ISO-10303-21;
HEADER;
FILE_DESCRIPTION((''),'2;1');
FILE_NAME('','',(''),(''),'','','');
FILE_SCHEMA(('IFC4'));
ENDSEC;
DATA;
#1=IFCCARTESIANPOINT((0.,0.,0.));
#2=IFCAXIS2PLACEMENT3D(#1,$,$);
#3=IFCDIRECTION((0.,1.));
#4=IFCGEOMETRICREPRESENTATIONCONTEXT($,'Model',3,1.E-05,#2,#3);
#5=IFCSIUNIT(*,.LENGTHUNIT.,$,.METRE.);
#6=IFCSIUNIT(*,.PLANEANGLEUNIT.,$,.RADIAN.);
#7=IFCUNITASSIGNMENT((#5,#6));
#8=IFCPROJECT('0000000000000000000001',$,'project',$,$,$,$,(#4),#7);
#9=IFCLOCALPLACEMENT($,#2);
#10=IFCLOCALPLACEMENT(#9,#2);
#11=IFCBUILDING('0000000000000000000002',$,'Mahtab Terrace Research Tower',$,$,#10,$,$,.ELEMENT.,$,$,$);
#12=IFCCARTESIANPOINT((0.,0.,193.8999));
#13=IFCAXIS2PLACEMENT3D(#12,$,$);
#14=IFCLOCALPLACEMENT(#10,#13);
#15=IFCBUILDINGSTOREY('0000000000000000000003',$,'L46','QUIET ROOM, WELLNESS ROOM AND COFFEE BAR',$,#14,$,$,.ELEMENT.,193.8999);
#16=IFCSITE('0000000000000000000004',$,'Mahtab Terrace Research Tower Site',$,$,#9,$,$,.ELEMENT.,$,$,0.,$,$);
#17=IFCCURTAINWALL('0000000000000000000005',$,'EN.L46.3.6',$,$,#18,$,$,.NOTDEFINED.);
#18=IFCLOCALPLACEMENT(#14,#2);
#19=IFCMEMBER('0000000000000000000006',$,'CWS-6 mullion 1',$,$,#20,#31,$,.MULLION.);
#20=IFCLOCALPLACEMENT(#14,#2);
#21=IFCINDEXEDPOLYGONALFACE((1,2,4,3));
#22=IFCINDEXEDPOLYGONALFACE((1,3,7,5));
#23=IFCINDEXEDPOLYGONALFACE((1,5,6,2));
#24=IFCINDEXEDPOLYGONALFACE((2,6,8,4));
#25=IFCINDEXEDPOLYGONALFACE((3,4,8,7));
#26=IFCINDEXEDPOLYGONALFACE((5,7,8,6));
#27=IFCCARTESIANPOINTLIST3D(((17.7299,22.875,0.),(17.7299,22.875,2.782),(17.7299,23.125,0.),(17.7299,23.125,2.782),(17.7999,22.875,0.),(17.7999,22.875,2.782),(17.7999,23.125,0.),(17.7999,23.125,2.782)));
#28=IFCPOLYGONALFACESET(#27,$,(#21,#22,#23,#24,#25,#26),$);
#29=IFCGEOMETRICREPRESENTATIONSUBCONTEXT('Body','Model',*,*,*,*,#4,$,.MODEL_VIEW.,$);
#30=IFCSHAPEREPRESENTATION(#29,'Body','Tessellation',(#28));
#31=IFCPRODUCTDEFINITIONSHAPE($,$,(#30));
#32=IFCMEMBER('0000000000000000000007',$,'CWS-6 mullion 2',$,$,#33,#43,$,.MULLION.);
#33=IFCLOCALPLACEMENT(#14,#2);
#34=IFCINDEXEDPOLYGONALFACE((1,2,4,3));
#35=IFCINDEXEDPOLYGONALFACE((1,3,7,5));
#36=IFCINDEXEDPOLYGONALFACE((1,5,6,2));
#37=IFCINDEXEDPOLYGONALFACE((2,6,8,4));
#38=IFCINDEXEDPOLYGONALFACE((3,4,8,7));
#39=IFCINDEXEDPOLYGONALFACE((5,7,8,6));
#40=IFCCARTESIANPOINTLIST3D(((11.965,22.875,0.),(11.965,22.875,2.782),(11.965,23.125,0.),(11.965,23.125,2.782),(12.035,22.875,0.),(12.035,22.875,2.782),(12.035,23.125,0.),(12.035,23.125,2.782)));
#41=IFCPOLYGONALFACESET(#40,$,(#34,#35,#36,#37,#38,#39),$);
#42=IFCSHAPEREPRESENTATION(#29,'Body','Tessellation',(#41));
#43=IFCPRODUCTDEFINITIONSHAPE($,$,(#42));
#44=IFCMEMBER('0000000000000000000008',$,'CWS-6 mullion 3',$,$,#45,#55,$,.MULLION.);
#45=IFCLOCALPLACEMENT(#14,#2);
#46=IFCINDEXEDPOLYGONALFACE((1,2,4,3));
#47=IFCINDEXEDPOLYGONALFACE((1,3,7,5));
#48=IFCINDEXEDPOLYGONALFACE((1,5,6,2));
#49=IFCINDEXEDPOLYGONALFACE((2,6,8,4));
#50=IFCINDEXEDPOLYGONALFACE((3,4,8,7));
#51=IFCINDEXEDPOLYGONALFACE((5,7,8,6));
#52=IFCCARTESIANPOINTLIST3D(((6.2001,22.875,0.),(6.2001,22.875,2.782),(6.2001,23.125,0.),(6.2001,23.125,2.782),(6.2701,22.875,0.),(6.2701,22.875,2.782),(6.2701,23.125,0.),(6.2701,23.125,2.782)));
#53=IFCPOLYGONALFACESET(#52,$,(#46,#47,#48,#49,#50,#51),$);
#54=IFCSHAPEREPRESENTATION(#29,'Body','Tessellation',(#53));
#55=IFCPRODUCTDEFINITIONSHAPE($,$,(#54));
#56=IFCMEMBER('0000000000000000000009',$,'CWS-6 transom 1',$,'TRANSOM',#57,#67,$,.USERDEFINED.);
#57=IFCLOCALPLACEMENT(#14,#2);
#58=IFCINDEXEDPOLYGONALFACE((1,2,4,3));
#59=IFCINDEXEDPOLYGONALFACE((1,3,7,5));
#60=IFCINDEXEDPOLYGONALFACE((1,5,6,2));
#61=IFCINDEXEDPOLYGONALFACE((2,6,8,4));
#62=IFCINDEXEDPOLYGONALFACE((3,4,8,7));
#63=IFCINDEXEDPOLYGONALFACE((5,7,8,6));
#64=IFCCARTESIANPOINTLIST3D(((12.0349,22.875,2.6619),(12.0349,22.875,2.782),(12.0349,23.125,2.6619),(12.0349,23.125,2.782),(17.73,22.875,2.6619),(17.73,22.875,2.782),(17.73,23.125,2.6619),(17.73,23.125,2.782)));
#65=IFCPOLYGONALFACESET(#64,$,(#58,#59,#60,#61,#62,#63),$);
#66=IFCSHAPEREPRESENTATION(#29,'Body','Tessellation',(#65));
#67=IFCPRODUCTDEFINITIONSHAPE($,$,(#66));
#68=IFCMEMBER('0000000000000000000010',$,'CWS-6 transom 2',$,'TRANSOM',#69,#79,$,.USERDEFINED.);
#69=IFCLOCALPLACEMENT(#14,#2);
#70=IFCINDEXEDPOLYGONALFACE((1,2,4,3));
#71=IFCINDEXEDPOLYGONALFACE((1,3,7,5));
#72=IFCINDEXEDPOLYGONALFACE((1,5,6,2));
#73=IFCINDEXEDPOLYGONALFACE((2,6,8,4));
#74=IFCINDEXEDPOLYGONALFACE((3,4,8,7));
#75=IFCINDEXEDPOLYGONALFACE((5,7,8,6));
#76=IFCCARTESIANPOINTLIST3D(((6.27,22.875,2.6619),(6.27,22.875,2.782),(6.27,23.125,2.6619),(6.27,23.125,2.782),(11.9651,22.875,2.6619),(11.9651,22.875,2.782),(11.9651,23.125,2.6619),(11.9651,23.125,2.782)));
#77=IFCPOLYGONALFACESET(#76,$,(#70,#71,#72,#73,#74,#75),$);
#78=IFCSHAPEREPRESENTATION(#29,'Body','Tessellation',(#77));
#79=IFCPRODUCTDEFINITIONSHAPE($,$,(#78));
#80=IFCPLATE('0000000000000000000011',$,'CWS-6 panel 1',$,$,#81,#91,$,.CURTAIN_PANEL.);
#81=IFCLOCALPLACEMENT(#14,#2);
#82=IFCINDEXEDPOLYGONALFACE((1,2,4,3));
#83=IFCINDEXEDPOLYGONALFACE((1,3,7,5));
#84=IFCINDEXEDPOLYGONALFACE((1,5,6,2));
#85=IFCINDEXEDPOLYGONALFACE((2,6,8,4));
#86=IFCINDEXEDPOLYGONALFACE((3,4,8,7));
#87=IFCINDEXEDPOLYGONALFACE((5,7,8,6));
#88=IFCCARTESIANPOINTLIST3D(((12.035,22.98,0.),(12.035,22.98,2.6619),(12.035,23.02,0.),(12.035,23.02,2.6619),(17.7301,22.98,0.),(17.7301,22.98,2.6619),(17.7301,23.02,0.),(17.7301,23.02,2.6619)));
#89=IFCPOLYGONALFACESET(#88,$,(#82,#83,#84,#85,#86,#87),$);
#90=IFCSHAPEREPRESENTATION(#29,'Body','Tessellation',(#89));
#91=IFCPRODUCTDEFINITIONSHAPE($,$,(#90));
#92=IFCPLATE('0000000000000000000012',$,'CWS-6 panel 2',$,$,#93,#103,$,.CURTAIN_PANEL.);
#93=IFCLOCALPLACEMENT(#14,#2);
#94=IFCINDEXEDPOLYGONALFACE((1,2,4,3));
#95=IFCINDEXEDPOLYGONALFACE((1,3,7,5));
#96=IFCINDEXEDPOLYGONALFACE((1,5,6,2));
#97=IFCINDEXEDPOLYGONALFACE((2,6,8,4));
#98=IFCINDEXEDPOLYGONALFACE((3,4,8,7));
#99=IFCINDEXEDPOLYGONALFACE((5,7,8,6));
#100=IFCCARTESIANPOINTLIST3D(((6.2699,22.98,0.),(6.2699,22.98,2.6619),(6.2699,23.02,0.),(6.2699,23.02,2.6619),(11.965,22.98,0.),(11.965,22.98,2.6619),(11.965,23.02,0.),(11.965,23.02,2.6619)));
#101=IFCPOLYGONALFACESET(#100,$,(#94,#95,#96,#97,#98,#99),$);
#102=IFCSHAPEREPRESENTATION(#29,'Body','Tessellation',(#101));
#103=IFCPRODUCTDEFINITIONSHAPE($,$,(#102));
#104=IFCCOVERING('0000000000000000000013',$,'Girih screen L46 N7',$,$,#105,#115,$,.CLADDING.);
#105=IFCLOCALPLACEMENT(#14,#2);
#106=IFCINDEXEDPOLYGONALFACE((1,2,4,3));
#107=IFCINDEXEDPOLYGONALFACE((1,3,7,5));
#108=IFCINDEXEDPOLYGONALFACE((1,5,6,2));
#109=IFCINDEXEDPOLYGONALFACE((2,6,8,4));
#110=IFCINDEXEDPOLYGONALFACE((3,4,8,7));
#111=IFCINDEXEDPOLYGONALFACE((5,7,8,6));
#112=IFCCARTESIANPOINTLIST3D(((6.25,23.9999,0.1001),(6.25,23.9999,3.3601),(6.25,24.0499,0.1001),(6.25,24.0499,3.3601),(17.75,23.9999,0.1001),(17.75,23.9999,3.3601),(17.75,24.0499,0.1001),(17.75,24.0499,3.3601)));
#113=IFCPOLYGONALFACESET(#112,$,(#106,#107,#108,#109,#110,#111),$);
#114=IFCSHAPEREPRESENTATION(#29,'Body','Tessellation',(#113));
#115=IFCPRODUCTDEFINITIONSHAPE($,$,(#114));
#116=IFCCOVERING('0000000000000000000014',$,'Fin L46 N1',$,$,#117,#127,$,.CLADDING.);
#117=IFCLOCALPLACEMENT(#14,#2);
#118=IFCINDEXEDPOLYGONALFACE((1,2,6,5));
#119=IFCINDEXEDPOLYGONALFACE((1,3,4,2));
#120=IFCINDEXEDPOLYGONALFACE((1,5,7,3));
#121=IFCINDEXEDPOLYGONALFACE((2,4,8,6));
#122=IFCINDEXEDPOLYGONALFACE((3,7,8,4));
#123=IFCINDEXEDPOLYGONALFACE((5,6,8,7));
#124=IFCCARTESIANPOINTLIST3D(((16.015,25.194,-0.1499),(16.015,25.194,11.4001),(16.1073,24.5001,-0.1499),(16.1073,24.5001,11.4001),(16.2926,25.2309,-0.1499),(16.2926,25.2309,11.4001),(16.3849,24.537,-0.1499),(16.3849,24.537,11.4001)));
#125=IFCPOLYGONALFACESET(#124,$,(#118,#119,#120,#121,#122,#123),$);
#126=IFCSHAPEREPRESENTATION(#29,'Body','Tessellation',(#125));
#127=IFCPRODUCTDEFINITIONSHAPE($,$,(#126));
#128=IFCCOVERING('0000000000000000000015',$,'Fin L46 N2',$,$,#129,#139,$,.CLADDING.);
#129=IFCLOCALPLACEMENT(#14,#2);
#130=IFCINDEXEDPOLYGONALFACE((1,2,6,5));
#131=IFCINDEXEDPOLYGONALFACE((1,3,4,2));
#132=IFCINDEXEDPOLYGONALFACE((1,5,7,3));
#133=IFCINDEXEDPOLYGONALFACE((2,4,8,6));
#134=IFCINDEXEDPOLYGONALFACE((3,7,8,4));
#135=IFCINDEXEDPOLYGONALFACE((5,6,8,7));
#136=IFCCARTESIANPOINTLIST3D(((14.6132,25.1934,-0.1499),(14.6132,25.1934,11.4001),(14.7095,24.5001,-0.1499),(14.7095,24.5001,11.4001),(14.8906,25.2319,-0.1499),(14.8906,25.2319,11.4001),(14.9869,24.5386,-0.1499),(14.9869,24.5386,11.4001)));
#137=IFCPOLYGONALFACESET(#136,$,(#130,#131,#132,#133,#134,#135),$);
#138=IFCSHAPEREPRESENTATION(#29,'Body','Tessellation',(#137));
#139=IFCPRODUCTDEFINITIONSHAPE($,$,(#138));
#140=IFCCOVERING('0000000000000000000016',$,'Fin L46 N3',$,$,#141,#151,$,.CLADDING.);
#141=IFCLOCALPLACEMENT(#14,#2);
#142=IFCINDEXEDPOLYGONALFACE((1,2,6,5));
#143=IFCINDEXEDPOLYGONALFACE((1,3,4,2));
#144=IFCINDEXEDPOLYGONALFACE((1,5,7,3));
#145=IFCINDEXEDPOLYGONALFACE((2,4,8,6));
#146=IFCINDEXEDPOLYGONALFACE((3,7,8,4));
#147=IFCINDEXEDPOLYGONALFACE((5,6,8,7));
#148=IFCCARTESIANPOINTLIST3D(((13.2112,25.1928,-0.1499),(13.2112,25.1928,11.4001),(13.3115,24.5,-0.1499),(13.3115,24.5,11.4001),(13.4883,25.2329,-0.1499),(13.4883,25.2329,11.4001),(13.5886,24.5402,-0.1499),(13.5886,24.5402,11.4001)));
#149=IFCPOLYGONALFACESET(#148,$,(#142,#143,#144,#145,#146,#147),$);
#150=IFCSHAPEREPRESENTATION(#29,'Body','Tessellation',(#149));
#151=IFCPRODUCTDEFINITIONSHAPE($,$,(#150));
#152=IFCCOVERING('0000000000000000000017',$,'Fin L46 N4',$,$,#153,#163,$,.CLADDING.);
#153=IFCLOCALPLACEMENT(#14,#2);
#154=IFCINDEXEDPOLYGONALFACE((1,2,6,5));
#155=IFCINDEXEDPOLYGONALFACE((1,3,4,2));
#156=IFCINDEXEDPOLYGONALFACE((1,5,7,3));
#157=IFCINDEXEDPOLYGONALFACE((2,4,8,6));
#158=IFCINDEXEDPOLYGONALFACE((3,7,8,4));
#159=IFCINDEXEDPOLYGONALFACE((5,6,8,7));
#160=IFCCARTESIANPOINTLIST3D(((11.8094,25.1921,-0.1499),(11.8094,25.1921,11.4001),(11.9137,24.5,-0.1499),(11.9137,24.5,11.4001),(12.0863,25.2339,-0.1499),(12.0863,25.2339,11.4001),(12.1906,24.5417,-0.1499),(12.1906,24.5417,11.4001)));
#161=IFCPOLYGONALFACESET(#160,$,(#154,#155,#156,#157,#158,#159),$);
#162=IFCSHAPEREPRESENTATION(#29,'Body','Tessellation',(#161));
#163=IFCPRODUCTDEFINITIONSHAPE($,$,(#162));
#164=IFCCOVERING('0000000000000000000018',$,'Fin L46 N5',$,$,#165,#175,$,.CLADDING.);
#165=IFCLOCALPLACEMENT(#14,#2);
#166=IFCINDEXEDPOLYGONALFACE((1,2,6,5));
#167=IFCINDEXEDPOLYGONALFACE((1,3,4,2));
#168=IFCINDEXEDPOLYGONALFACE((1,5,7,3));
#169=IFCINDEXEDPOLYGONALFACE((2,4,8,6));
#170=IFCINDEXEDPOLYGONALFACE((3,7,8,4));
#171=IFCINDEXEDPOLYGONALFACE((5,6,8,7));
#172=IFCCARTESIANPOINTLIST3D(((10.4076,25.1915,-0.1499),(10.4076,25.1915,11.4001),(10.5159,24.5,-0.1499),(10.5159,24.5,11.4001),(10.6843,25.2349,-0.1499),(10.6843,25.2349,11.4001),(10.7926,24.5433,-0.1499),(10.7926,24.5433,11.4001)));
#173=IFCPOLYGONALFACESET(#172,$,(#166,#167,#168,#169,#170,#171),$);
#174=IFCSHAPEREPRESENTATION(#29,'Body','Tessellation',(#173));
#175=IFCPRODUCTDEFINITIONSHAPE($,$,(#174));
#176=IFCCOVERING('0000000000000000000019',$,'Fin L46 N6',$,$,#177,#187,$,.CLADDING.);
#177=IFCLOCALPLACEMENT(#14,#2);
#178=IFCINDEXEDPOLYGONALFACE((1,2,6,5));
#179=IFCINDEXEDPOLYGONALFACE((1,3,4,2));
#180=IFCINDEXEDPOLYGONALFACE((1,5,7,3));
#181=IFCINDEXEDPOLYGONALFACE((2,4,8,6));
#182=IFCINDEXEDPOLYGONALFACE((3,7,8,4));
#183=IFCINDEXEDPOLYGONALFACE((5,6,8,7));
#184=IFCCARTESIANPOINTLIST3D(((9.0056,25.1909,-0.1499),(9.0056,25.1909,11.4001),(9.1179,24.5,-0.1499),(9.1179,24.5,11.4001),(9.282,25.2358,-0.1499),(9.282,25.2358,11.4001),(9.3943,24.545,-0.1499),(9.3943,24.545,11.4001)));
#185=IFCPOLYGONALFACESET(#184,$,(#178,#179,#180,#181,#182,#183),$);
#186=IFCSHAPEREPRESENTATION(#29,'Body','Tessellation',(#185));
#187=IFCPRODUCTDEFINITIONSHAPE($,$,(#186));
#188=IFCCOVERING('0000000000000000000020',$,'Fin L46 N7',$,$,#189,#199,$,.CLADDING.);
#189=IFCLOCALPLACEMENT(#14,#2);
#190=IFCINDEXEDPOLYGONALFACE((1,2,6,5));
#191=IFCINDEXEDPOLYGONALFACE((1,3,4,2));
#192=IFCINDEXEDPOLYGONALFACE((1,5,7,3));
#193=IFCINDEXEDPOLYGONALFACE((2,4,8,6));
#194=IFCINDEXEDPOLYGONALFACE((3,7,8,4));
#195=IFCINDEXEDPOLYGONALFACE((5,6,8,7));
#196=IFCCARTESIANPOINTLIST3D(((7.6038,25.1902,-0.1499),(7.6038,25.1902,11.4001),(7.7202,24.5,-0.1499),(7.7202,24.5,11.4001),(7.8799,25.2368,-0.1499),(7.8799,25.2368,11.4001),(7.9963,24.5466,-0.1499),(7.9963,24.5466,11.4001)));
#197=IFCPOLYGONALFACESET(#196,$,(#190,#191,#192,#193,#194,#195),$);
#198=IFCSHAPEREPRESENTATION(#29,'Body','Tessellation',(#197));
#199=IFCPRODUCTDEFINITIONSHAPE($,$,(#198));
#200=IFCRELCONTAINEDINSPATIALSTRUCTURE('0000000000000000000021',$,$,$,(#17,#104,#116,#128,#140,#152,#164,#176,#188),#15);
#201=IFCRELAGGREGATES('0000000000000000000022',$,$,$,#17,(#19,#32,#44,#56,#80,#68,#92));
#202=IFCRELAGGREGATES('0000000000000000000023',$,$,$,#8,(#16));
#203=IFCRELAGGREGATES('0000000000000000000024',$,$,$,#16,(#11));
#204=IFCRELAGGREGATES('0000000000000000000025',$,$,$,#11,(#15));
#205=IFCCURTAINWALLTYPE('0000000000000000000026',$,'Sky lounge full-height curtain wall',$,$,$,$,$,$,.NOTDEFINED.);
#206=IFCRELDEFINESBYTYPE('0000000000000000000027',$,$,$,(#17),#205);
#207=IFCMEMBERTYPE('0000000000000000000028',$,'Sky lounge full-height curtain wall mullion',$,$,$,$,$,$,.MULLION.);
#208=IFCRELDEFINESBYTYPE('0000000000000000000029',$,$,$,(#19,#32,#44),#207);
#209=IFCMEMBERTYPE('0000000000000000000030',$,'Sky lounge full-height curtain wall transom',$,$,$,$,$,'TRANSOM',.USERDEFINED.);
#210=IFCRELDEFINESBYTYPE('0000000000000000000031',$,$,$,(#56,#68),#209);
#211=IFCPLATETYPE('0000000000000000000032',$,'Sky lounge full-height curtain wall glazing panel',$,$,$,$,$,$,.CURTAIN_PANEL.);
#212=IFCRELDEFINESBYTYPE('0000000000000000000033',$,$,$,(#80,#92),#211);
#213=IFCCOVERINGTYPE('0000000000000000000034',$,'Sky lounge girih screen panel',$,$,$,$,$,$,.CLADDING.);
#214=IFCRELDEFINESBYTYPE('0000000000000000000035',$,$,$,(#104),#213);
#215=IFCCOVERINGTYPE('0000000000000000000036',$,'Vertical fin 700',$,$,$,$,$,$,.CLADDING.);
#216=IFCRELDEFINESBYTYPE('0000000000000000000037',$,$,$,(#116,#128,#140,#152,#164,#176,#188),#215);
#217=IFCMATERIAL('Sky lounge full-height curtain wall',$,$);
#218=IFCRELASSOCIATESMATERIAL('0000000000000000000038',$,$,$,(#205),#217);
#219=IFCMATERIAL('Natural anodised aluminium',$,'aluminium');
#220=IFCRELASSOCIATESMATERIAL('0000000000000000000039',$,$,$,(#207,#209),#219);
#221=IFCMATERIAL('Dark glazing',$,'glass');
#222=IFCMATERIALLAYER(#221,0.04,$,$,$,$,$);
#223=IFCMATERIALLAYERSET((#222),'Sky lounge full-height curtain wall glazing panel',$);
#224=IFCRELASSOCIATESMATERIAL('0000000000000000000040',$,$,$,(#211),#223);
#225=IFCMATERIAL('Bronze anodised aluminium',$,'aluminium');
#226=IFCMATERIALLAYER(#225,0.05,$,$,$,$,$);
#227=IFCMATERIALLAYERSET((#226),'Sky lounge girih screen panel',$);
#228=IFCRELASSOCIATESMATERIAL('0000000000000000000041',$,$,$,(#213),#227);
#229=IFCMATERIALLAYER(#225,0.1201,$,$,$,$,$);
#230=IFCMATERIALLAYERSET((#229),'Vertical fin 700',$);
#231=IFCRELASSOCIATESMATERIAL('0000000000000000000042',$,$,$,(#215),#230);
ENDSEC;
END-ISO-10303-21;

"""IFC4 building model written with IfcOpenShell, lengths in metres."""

from ifc_helpers import new_model, si_unit, direction, frame, origin, origin_2d, place, context, subcontext, project, spatial, rectangle, extrude, material, layer, layer_set, material_profile, profile_set, type_object, element, aggregate, save


model = new_model("IFC4")

# Units and contexts
model_context = context("Model", 3, precision=1e-05, world=origin(), true_north=direction((0.0, 1.0)))
body_context = subcontext(model_context, "Body", "Model", "MODEL_VIEW")
ifc_project = project(units=[si_unit("LENGTHUNIT", "METRE"), si_unit("PLANEANGLEUNIT", "RADIAN")], contexts=[model_context])

# Site, building, storey
site_placement = place(None, origin())
site = spatial("IfcSite", under=ifc_project, at=site_placement, Name="Mahtab Terrace Research Tower Site", CompositionType="ELEMENT", RefElevation=0.0)
building_placement = place(site_placement, origin())
building = spatial("IfcBuilding", under=site, at=building_placement, Name="Mahtab Terrace Research Tower", CompositionType="ELEMENT")
storey_placement = place(building_placement, frame((0.0, 0.0, 193.8999)))
storey = spatial("IfcBuildingStorey", under=building, at=storey_placement, Name="L46", Description="QUIET ROOM, WELLNESS ROOM AND COFFEE BAR", CompositionType="ELEMENT", Elevation=193.8999)

# Curtain wall, members, plates
ifc_material_1 = material(Name="Sky lounge full-height curtain wall")
curtain_wall_type = type_object("IfcCurtainWallType", Name="Sky lounge full-height curtain wall", PredefinedType="NOTDEFINED", material=ifc_material_1)
curtain_wall_placement = place(storey_placement, origin())
curtain_wall = element("IfcCurtainWall", 1, at=curtain_wall_placement, inside=storey, type_object=curtain_wall_type, Name="EN.L46.3.6", PredefinedType="NOTDEFINED")
ifc_material_2 = material(Name="Natural anodised aluminium", Category="aluminium")
ifc_material_profile_1 = material_profile(ifc_material_2, rectangle(XDim=0.25, YDim=0.0701, at=origin_2d()), Name="MULLION 70x250")
ifc_profile_set_1 = profile_set([ifc_material_profile_1], Name="Natural anodised aluminium")
member_type_1 = type_object("IfcMemberType", Name="Sky lounge full-height curtain wall mullion", PredefinedType="MULLION", material=ifc_profile_set_1)
member_1_placement = place(storey_placement, frame((17.7649, 23.0, 0.0), z_axis=(0.0, 0.0, 1.0), x_axis=(0.0, -1.0, 0.0)))
member_1 = element("IfcMember", 2, at=member_1_placement, type_object=member_type_1, Name="CWS-6 mullion 1", PredefinedType="MULLION", context=body_context, shape_type="SweptSolid", body=[
    extrude(rectangle(XDim=0.25, YDim=0.0701, at=origin_2d()), origin(), (0.0, 0.0, 1.0), 2.782),
])
member_2_placement = place(storey_placement, frame((12.0, 23.0, 0.0), z_axis=(0.0, 0.0, 1.0), x_axis=(0.0, -1.0, 0.0)))
member_2 = element("IfcMember", 3, at=member_2_placement, type_object=member_type_1, Name="CWS-6 mullion 2", PredefinedType="MULLION", context=body_context, shape_type="SweptSolid", body=[
    extrude(rectangle(XDim=0.25, YDim=0.0701, at=origin_2d()), origin(), (0.0, 0.0, 1.0), 2.782),
])
member_3_placement = place(storey_placement, frame((6.2351, 23.0, 0.0), z_axis=(0.0, 0.0, 1.0), x_axis=(0.0, -1.0, 0.0)))
member_3 = element("IfcMember", 4, at=member_3_placement, type_object=member_type_1, Name="CWS-6 mullion 3", PredefinedType="MULLION", context=body_context, shape_type="SweptSolid", body=[
    extrude(rectangle(XDim=0.25, YDim=0.0701, at=origin_2d()), origin(), (0.0, 0.0, 1.0), 2.782),
])
ifc_material_profile_2 = material_profile(ifc_material_2, rectangle(XDim=0.25, YDim=0.1201, at=origin_2d()), Name="TRANSOM 120x250")
ifc_profile_set_2 = profile_set([ifc_material_profile_2], Name="Natural anodised aluminium")
member_type_2 = type_object("IfcMemberType", Name="Sky lounge full-height curtain wall transom", ElementType="TRANSOM", PredefinedType="USERDEFINED", material=ifc_profile_set_2)
member_4_placement = place(storey_placement, frame((17.73, 23.0, 2.7219), z_axis=(-1.0, 0.0, 0.0), x_axis=(0.0, -1.0, 0.0)))
member_4 = element("IfcMember", 5, at=member_4_placement, type_object=member_type_2, Name="CWS-6 transom 1", ObjectType="TRANSOM", PredefinedType="USERDEFINED", context=body_context, shape_type="SweptSolid", body=[
    extrude(rectangle(XDim=0.25, YDim=0.1201, at=origin_2d()), origin(), (0.0, 0.0, 1.0), 5.6951),
])
member_5_placement = place(storey_placement, frame((11.9651, 23.0, 2.7219), z_axis=(-1.0, 0.0, 0.0), x_axis=(0.0, -1.0, 0.0)))
member_5 = element("IfcMember", 6, at=member_5_placement, type_object=member_type_2, Name="CWS-6 transom 2", ObjectType="TRANSOM", PredefinedType="USERDEFINED", context=body_context, shape_type="SweptSolid", body=[
    extrude(rectangle(XDim=0.25, YDim=0.1201, at=origin_2d()), origin(), (0.0, 0.0, 1.0), 5.6951),
])
ifc_material_3 = material(Name="Dark glazing", Category="glass")
ifc_layer_1 = layer(ifc_material_3, 0.04)
ifc_layer_set_1 = layer_set([ifc_layer_1], Name="Sky lounge full-height curtain wall glazing panel")
plate_type = type_object("IfcPlateType", Name="Sky lounge full-height curtain wall glazing panel", PredefinedType="CURTAIN_PANEL", material=ifc_layer_set_1)
plate_1_placement = place(storey_placement, frame((14.8826, 23.0, 0.0), z_axis=(0.0, 0.0, 1.0), x_axis=(-1.0, 0.0, 0.0)))
plate_1 = element("IfcPlate", 7, at=plate_1_placement, type_object=plate_type, Name="CWS-6 panel 1", PredefinedType="CURTAIN_PANEL", context=body_context, shape_type="SweptSolid", body=[
    extrude(rectangle(XDim=5.6951, YDim=0.04, at=origin_2d()), origin(), (0.0, 0.0, 1.0), 2.6619),
])
plate_2_placement = place(storey_placement, frame((9.1174, 23.0, 0.0), z_axis=(0.0, 0.0, 1.0), x_axis=(-1.0, 0.0, 0.0)))
plate_2 = element("IfcPlate", 8, at=plate_2_placement, type_object=plate_type, Name="CWS-6 panel 2", PredefinedType="CURTAIN_PANEL", context=body_context, shape_type="SweptSolid", body=[
    extrude(rectangle(XDim=5.6951, YDim=0.04, at=origin_2d()), origin(), (0.0, 0.0, 1.0), 2.6619),
])
aggregate(curtain_wall, [member_1, member_2, member_3, member_4, plate_1, member_5, plate_2])

# Coverings
ifc_material_4 = material(Name="Bronze anodised aluminium", Category="aluminium")
ifc_layer_2 = layer(ifc_material_4, 0.05)
ifc_layer_set_2 = layer_set([ifc_layer_2], Name="Sky lounge girih screen panel")
covering_type_1 = type_object("IfcCoveringType", Name="Sky lounge girih screen panel", PredefinedType="CLADDING", material=ifc_layer_set_2)
covering_placement = place(storey_placement, frame((12.0, 24.0249, 0.1001), z_axis=(0.0, 0.0, 1.0), x_axis=(-1.0, 0.0, 0.0)))
element("IfcCovering", 9, at=covering_placement, inside=storey, type_object=covering_type_1, Name="Girih screen L46 N7", PredefinedType="CLADDING", context=body_context, shape_type="SweptSolid", body=[
    extrude(rectangle(XDim=11.5, YDim=0.05, at=origin_2d()), origin(), (0.0, 0.0, 1.0), 3.26),
])
ifc_layer_3 = layer(ifc_material_4, 0.1201)
ifc_layer_set_3 = layer_set([ifc_layer_3], Name="Vertical fin 700")
covering_type_2 = type_object("IfcCoveringType", Name="Vertical fin 700", PredefinedType="CLADDING", material=ifc_layer_set_3)
for number, where, z_axis, x_axis, name in (
    (10, (16.2, 24.8655, -0.1499), (0.0, 0.0, 1.0), (-0.991281, -0.131762, 0.0), "Fin L46 N1"),
    (11, (14.8, 24.866, -0.1499), (0.0, 0.0, 1.0), (-0.990498, -0.137527, 0.0), "Fin L46 N2"),
    (12, (13.3999, 24.8665, -0.1499), (0.0, 0.0, 1.0), (-0.989681, -0.143287, 0.0), "Fin L46 N3"),
    (13, (12.0, 24.8669, -0.1499), (0.0, 0.0, 1.0), (-0.988831, -0.149042, 0.0), "Fin L46 N4"),
    (14, (10.6001, 24.8674, -0.1499), (0.0, 0.0, 1.0), (-0.987947, -0.154792, 0.0), "Fin L46 N5"),
    (15, (9.2, 24.8679, -0.1499), (0.0, 0.0, 1.0), (-0.98703, -0.160537, 0.0), "Fin L46 N6"),
    (16, (7.8, 24.8684, -0.1499), (0.0, 0.0, 1.0), (-0.986079, -0.166277, 0.0), "Fin L46 N7"),
):
    element("IfcCovering", number, at=place(storey_placement, frame(where, z_axis=z_axis, x_axis=x_axis)), inside=storey, type_object=covering_type_2, Name=name, PredefinedType="CLADDING", context=body_context, shape_type="SweptSolid", body=[
        extrude(rectangle(XDim=0.28, YDim=0.7, at=origin_2d()), origin(), (0.0, 0.0, 1.0), 11.55),
    ])

save(model, "model.ifc")
